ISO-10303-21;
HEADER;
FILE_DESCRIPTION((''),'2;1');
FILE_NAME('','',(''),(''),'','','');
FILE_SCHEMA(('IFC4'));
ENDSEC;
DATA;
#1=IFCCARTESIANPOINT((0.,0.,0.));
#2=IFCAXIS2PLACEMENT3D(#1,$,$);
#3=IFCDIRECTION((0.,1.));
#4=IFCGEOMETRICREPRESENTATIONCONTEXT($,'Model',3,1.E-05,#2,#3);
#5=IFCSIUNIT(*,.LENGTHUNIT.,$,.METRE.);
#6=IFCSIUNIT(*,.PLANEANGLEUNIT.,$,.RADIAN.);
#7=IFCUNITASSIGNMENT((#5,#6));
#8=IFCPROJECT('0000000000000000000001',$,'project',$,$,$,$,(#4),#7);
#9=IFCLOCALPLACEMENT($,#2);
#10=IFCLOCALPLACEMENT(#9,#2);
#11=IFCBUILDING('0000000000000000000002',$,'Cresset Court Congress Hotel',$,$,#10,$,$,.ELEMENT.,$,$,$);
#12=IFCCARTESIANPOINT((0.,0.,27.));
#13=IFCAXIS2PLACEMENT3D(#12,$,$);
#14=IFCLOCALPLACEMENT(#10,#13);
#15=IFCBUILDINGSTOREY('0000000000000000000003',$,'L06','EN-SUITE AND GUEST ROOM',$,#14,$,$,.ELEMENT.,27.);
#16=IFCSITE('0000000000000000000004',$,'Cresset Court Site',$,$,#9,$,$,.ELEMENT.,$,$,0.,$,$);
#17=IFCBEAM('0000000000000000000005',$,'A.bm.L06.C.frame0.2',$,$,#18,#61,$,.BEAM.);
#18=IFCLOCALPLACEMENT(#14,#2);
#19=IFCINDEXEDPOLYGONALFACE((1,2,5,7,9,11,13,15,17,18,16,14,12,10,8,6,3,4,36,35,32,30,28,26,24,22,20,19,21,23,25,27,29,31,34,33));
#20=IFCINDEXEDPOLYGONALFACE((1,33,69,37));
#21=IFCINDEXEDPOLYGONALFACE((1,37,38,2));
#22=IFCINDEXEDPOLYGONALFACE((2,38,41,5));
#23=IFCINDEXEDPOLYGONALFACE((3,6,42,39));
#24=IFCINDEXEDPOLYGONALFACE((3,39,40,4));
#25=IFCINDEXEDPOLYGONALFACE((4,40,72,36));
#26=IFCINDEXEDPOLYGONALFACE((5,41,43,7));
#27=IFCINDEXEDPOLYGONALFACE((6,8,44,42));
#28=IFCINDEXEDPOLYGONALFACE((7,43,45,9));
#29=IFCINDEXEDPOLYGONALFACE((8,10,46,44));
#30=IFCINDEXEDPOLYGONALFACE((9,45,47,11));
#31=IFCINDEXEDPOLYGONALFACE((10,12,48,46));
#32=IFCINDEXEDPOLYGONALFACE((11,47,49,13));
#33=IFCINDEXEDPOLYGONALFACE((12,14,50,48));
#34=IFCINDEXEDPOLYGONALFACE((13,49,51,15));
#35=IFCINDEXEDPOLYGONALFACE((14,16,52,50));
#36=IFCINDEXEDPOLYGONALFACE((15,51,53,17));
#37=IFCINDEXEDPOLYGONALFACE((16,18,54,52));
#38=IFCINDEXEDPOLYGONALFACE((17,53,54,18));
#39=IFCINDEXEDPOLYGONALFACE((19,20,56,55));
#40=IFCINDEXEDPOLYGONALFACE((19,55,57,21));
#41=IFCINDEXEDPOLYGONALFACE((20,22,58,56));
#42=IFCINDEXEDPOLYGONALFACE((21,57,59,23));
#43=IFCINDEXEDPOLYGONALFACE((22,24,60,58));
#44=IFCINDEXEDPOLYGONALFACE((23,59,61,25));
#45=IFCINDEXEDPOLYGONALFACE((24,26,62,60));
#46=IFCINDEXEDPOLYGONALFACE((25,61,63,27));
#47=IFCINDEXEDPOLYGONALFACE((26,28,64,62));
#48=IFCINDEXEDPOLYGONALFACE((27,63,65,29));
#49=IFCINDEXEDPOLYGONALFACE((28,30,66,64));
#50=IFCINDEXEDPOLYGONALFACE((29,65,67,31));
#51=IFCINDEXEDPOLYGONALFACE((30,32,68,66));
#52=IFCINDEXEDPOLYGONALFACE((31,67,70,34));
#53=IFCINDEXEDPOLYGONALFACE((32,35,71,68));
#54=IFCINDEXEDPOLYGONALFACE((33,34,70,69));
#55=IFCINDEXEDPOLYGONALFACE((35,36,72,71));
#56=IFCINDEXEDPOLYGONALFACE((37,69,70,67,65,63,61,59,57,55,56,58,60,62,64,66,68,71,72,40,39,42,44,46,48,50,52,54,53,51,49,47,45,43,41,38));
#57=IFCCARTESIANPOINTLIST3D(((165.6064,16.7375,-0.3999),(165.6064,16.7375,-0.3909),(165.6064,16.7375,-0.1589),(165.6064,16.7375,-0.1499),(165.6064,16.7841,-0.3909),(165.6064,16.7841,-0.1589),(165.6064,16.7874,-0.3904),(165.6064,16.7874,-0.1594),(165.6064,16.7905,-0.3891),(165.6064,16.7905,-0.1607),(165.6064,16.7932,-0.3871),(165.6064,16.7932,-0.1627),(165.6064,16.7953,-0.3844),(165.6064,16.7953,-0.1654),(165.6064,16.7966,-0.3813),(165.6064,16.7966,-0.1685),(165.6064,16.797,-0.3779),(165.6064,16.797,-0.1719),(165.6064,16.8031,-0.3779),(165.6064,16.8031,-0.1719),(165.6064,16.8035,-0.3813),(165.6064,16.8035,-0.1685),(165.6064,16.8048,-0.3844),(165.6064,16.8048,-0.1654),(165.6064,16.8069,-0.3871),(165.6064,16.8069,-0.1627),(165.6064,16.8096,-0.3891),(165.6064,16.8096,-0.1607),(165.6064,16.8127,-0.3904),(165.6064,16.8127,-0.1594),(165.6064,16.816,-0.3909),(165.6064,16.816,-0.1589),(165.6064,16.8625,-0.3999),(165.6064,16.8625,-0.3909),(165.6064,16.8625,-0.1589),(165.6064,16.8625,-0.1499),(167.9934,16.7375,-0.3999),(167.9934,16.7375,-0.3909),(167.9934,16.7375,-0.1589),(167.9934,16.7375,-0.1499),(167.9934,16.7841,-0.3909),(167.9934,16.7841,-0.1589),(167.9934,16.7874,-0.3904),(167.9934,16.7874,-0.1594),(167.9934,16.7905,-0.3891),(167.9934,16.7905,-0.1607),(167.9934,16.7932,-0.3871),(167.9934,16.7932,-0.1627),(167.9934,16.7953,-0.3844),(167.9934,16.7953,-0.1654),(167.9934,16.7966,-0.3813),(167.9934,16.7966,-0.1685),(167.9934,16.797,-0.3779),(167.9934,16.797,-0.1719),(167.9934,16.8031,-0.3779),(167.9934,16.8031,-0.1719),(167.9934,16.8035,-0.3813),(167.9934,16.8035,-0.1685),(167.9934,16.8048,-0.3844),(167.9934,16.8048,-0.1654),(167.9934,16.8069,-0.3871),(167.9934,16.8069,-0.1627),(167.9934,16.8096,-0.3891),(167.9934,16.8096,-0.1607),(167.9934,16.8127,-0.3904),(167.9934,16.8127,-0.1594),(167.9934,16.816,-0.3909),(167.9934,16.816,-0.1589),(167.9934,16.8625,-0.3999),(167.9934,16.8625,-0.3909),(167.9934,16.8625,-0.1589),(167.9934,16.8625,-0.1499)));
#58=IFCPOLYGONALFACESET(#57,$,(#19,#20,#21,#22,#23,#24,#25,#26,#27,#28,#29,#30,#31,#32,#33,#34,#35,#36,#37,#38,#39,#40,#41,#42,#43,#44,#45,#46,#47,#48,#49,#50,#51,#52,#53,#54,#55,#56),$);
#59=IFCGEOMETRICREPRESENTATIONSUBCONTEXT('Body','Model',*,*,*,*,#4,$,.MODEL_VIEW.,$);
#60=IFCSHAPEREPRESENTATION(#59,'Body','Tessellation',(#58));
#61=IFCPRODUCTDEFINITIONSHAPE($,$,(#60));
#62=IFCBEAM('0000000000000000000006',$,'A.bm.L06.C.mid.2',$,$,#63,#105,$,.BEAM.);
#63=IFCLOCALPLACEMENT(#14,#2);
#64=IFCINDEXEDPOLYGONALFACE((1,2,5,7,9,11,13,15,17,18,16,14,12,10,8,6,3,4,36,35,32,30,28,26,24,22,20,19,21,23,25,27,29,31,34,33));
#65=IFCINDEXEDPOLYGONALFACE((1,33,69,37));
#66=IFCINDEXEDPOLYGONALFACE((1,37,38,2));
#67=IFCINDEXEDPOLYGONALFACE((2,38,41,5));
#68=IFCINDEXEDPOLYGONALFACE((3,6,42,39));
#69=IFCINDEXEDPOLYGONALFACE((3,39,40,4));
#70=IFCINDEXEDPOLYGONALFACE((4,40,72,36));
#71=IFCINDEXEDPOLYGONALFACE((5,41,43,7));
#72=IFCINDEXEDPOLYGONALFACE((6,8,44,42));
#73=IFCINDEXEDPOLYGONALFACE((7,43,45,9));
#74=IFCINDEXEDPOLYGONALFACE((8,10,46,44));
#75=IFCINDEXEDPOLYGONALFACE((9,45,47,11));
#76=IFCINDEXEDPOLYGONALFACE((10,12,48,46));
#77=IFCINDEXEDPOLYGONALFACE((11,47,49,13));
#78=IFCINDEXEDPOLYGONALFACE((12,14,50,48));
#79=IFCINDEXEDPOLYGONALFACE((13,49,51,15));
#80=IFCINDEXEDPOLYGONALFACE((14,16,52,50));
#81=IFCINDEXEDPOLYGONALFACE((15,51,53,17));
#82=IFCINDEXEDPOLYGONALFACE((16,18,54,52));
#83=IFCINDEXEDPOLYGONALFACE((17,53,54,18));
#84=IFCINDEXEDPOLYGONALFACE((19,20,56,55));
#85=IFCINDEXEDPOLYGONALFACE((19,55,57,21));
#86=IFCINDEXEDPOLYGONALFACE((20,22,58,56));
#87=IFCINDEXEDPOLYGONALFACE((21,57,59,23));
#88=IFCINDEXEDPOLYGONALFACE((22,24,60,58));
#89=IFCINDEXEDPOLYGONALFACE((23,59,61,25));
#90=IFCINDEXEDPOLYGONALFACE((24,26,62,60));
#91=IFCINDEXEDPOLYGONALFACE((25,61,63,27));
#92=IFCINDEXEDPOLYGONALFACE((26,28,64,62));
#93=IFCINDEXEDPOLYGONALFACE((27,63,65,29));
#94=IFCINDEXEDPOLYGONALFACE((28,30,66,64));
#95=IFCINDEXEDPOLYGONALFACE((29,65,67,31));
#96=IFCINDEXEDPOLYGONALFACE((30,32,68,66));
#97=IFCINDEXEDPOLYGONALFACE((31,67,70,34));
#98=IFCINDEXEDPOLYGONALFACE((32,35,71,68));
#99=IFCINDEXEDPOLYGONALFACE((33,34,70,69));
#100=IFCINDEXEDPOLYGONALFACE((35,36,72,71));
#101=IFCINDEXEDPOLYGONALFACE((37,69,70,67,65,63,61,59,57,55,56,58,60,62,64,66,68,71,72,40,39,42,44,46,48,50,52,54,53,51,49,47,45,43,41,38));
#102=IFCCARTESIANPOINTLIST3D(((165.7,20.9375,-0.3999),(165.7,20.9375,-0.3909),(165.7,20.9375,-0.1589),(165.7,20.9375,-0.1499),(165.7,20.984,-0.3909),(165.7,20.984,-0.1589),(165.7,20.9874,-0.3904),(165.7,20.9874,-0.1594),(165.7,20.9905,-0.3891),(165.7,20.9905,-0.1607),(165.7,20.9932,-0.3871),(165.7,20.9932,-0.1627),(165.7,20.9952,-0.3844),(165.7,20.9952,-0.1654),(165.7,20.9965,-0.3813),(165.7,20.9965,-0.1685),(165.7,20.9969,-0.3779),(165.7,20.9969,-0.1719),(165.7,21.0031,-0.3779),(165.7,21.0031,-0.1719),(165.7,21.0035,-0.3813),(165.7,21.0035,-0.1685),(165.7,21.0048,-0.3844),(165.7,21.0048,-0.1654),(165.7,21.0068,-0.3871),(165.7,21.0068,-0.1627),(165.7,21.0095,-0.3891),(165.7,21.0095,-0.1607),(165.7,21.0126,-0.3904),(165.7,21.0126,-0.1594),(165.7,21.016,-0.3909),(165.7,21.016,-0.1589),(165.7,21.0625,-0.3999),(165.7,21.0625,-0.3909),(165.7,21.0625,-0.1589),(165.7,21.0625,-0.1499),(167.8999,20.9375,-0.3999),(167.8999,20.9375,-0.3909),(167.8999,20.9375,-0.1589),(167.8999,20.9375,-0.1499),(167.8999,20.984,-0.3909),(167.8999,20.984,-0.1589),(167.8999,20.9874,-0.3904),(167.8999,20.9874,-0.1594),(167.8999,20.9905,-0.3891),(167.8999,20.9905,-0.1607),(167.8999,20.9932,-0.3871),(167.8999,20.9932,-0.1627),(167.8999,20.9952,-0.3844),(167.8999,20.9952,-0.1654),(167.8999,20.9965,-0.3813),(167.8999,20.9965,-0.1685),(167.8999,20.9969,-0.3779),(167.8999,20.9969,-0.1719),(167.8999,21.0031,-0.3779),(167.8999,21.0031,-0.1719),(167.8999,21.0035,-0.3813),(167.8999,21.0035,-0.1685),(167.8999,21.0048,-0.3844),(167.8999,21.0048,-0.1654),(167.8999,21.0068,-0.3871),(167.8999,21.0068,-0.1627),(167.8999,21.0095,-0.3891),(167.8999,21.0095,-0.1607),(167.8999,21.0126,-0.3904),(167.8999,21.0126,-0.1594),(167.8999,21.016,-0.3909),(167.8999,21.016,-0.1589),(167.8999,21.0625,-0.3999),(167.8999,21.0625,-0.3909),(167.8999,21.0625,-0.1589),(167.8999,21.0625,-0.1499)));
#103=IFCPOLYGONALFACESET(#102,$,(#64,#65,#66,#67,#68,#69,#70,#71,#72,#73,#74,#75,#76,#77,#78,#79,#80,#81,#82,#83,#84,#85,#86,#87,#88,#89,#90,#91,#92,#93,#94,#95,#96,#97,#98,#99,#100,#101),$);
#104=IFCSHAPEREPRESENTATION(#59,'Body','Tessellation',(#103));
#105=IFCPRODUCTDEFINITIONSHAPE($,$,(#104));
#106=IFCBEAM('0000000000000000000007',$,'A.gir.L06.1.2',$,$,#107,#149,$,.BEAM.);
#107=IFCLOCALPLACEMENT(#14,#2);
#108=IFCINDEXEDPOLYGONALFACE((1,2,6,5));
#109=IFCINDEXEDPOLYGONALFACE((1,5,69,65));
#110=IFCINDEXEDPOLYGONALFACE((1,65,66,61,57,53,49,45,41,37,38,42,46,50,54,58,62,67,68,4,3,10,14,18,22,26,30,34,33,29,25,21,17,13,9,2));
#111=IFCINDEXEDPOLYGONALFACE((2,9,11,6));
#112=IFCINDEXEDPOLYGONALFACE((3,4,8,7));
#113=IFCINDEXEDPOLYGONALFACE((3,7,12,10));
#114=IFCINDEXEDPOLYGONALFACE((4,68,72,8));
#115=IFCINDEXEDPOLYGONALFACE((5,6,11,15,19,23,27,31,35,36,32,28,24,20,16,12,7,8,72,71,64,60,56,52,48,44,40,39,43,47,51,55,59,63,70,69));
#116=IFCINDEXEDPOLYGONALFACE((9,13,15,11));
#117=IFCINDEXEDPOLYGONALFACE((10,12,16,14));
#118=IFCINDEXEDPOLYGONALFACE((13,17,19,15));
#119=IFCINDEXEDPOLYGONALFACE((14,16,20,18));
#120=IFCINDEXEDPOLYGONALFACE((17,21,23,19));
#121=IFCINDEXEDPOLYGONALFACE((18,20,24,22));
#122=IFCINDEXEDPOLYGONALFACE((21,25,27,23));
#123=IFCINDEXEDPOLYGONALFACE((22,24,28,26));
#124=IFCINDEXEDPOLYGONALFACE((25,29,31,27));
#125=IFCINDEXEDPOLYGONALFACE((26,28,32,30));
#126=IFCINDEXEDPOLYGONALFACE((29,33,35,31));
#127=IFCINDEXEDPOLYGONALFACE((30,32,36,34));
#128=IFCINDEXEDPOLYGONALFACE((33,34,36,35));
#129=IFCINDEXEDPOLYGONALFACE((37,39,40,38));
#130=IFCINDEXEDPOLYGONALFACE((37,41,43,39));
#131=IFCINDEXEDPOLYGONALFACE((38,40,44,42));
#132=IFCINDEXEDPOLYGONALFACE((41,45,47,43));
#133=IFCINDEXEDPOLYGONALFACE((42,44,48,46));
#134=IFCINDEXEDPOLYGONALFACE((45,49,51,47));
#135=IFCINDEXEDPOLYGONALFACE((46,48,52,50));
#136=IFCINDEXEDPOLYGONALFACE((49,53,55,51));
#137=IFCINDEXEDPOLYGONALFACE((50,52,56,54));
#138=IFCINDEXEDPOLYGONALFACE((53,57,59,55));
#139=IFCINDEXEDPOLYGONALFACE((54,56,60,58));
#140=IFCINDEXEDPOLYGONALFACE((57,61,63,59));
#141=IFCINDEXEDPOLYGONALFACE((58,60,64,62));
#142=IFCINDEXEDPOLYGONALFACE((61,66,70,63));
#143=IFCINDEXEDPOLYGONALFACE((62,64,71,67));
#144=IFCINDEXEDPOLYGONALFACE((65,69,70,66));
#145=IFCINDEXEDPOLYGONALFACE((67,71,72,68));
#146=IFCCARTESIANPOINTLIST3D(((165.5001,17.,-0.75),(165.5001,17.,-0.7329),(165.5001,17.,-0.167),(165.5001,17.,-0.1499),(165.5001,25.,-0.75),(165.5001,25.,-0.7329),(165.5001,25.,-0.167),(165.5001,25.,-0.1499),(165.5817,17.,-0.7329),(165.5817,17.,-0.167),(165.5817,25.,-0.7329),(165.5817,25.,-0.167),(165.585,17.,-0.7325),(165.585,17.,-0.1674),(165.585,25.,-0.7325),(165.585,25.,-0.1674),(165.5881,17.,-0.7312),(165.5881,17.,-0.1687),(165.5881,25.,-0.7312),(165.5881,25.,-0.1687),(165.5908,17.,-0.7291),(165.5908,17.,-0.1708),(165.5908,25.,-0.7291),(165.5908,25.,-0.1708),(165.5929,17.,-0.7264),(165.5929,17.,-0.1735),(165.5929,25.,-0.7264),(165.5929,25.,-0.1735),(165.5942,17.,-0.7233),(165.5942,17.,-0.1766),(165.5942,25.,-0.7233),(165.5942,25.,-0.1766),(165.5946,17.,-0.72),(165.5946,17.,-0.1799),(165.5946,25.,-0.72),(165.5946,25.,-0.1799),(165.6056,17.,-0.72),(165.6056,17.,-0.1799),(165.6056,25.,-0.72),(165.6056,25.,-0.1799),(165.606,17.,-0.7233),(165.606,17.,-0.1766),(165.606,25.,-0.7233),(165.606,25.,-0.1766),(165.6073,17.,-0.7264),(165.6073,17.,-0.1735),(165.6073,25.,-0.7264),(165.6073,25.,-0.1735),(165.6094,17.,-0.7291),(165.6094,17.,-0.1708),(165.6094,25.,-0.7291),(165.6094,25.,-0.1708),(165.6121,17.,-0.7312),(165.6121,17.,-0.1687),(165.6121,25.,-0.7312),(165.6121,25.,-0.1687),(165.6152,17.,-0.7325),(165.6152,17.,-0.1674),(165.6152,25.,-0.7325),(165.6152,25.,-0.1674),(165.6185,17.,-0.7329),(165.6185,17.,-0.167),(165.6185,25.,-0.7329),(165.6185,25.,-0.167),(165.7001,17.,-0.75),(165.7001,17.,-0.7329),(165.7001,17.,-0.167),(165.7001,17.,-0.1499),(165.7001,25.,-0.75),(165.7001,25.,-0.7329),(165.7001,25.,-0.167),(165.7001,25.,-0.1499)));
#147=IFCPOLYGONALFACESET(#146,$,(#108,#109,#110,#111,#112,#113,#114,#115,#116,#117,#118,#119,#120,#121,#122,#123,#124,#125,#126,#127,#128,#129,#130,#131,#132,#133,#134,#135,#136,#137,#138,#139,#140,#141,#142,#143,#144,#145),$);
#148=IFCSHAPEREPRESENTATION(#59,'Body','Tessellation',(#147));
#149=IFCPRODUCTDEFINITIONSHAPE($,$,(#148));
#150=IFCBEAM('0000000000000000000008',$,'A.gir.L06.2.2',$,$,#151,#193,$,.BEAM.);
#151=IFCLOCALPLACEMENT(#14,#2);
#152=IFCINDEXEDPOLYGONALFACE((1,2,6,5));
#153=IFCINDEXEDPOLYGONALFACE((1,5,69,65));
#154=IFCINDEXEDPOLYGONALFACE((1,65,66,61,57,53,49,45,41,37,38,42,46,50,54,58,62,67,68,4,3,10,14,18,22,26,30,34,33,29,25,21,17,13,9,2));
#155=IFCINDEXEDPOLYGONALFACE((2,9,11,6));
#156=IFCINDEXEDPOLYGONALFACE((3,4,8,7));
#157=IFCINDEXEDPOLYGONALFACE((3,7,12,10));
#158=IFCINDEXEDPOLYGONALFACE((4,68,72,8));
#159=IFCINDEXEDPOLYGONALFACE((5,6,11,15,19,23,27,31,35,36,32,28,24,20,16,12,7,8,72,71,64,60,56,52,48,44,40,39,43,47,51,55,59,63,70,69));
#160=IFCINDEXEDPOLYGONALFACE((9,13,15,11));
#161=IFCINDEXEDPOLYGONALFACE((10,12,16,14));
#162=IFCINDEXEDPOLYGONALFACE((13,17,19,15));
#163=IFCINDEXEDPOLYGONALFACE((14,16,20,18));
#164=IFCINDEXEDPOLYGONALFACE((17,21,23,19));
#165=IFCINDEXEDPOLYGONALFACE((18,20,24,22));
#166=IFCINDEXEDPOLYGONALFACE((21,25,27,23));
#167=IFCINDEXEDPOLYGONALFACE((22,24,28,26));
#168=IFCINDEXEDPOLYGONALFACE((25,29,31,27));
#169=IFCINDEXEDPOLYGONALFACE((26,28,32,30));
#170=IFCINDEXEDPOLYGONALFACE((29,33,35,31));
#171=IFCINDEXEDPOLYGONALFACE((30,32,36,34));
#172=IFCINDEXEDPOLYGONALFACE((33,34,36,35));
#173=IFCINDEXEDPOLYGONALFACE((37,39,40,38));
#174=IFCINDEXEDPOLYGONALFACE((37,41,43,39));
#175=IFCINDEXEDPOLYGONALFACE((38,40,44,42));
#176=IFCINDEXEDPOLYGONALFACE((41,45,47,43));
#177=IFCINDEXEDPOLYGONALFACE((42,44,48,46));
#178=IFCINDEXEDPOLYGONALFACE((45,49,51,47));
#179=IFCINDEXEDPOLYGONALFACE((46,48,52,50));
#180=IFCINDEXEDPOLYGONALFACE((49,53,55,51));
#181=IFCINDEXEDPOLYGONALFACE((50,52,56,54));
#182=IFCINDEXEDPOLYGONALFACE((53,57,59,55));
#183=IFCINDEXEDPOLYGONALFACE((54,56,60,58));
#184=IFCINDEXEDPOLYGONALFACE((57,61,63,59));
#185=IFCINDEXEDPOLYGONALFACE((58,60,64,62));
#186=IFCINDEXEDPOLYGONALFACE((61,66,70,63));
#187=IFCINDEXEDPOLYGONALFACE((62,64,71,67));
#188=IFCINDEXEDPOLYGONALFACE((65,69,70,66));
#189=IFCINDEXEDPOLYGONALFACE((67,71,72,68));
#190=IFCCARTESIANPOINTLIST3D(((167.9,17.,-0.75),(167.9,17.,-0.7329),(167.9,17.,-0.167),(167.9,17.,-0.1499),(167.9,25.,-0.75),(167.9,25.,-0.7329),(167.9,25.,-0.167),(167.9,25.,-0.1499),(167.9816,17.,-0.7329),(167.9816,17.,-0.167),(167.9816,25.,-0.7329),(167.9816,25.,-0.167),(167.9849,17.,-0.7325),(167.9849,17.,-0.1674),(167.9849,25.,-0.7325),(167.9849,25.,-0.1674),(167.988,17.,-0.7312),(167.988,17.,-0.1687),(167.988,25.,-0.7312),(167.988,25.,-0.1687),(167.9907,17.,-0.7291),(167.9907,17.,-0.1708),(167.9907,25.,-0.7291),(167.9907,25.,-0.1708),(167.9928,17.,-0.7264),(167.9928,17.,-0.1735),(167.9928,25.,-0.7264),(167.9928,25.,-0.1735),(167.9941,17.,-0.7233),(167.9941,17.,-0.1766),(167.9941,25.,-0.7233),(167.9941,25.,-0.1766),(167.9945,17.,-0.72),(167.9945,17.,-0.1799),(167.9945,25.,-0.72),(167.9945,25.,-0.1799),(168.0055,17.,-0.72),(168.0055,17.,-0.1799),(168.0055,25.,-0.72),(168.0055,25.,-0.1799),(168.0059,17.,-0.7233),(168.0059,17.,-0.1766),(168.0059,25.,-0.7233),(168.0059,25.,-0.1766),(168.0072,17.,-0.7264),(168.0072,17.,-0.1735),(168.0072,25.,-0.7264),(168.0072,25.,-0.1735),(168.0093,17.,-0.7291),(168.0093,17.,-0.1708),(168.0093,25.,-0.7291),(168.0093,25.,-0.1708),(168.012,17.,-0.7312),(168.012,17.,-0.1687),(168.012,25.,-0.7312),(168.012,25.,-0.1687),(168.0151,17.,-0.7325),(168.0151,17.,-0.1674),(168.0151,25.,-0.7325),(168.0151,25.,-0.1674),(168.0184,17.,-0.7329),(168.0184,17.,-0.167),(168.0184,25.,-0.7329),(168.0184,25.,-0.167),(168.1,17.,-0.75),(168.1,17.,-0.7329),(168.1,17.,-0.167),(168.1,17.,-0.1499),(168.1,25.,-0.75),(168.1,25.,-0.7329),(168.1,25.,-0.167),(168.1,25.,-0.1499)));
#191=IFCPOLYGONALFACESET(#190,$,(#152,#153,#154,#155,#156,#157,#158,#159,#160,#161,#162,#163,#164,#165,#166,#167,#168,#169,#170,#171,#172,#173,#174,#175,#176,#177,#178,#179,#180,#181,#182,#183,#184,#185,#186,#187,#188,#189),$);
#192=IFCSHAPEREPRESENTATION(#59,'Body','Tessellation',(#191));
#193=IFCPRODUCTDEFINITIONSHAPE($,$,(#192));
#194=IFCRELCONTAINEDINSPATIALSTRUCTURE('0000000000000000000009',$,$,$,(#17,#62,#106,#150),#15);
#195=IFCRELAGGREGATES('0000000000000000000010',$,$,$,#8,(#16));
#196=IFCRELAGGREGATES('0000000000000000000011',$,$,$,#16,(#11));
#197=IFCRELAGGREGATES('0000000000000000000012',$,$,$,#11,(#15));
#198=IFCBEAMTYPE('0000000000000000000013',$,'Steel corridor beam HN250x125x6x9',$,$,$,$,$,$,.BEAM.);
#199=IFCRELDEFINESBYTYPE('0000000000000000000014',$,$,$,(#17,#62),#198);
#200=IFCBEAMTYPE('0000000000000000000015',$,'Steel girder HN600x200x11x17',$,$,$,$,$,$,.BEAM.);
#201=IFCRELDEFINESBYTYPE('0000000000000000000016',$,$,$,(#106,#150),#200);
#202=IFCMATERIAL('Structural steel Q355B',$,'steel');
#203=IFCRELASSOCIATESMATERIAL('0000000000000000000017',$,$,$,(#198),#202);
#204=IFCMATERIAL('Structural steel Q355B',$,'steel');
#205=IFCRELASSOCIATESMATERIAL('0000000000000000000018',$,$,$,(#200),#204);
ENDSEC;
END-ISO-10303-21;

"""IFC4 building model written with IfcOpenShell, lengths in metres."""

from ifc_helpers import new_model, si_unit, direction, frame, origin, origin_2d, place, context, subcontext, project, spatial, i_section, extrude, material, material_profile, profile_set, type_object, element, save


model = new_model("IFC4")

# Units and contexts
model_context = context("Model", 3, precision=1e-05, world=origin(), true_north=direction((0.0, 1.0)))
body_context = subcontext(model_context, "Body", "Model", "MODEL_VIEW")
ifc_project = project(units=[si_unit("LENGTHUNIT", "METRE"), si_unit("PLANEANGLEUNIT", "RADIAN")], contexts=[model_context])

# Site, building, storey
site_placement = place(None, origin())
site = spatial("IfcSite", under=ifc_project, at=site_placement, Name="Cresset Court Site", CompositionType="ELEMENT", RefElevation=0.0)
building_placement = place(site_placement, origin())
building = spatial("IfcBuilding", under=site, at=building_placement, Name="Cresset Court Congress Hotel", CompositionType="ELEMENT")
storey_placement = place(building_placement, frame((0.0, 0.0, 27.0)))
storey = spatial("IfcBuildingStorey", under=building, at=storey_placement, Name="L06", Description="EN-SUITE AND GUEST ROOM", CompositionType="ELEMENT", Elevation=27.0)

# Beams
ifc_material_1 = material(Name="Structural steel Q355B", Category="steel")
ifc_material_profile_1 = material_profile(ifc_material_1, i_section(OverallWidth=0.125, OverallDepth=0.25, WebThickness=0.0061, FlangeThickness=0.009, FilletRadius=0.0129, at=origin_2d()), Name="HN250x125x6x9")
ifc_profile_set_1 = profile_set([ifc_material_profile_1], Name="Structural steel Q355B")
beam_type_1 = type_object("IfcBeamType", Name="Steel corridor beam HN250x125x6x9", PredefinedType="BEAM", material=ifc_profile_set_1)
beam_1_placement = place(storey_placement, frame((165.6064, 16.8, -0.2749), z_axis=(1.0, 0.0, 0.0), x_axis=(0.0, 1.0, 0.0)))
element("IfcBeam", 1, at=beam_1_placement, inside=storey, type_object=beam_type_1, Name="A.bm.L06.C.frame0.2", PredefinedType="BEAM", context=body_context, shape_type="SweptSolid", body=[
    extrude(i_section(OverallWidth=0.125, OverallDepth=0.25, WebThickness=0.0061, FlangeThickness=0.009, FilletRadius=0.0129, at=origin_2d()), origin(), (0.0, 0.0, 1.0), 2.387),
])
beam_2_placement = place(storey_placement, frame((165.7, 21.0, -0.2749), z_axis=(1.0, 0.0, 0.0), x_axis=(0.0, 1.0, 0.0)))
element("IfcBeam", 2, at=beam_2_placement, inside=storey, type_object=beam_type_1, Name="A.bm.L06.C.mid.2", PredefinedType="BEAM", context=body_context, shape_type="SweptSolid", body=[
    extrude(i_section(OverallWidth=0.125, OverallDepth=0.25, WebThickness=0.0061, FlangeThickness=0.009, FilletRadius=0.0129, at=origin_2d()), origin(), (0.0, 0.0, 1.0), 2.2),
])
ifc_material_2 = material(Name="Structural steel Q355B", Category="steel")
ifc_material_profile_2 = material_profile(ifc_material_2, i_section(OverallWidth=0.2, OverallDepth=0.6001, WebThickness=0.011, FlangeThickness=0.0171, FilletRadius=0.0129, at=origin_2d()), Name="HN600x200x11x17")
ifc_profile_set_2 = profile_set([ifc_material_profile_2], Name="Structural steel Q355B")
beam_type_2 = type_object("IfcBeamType", Name="Steel girder HN600x200x11x17", PredefinedType="BEAM", material=ifc_profile_set_2)
for number, where, z_axis, x_axis, name in (
    (3, (165.6001, 17.0, -0.45), (0.0, 1.0, 0.0), (-1.0, 0.0, 0.0), "A.gir.L06.1.2"),
    (4, (168.0, 17.0, -0.45), (0.0, 1.0, 0.0), (-1.0, 0.0, 0.0), "A.gir.L06.2.2"),
):
    element("IfcBeam", number, at=place(storey_placement, frame(where, z_axis=z_axis, x_axis=x_axis)), inside=storey, type_object=beam_type_2, Name=name, PredefinedType="BEAM", context=body_context, shape_type="SweptSolid", body=[
        extrude(i_section(OverallWidth=0.2, OverallDepth=0.6001, WebThickness=0.011, FlangeThickness=0.0171, FilletRadius=0.0129, at=origin_2d()), origin(), (0.0, 0.0, 1.0), 8.0),
    ])

save(model, "model.ifc")
